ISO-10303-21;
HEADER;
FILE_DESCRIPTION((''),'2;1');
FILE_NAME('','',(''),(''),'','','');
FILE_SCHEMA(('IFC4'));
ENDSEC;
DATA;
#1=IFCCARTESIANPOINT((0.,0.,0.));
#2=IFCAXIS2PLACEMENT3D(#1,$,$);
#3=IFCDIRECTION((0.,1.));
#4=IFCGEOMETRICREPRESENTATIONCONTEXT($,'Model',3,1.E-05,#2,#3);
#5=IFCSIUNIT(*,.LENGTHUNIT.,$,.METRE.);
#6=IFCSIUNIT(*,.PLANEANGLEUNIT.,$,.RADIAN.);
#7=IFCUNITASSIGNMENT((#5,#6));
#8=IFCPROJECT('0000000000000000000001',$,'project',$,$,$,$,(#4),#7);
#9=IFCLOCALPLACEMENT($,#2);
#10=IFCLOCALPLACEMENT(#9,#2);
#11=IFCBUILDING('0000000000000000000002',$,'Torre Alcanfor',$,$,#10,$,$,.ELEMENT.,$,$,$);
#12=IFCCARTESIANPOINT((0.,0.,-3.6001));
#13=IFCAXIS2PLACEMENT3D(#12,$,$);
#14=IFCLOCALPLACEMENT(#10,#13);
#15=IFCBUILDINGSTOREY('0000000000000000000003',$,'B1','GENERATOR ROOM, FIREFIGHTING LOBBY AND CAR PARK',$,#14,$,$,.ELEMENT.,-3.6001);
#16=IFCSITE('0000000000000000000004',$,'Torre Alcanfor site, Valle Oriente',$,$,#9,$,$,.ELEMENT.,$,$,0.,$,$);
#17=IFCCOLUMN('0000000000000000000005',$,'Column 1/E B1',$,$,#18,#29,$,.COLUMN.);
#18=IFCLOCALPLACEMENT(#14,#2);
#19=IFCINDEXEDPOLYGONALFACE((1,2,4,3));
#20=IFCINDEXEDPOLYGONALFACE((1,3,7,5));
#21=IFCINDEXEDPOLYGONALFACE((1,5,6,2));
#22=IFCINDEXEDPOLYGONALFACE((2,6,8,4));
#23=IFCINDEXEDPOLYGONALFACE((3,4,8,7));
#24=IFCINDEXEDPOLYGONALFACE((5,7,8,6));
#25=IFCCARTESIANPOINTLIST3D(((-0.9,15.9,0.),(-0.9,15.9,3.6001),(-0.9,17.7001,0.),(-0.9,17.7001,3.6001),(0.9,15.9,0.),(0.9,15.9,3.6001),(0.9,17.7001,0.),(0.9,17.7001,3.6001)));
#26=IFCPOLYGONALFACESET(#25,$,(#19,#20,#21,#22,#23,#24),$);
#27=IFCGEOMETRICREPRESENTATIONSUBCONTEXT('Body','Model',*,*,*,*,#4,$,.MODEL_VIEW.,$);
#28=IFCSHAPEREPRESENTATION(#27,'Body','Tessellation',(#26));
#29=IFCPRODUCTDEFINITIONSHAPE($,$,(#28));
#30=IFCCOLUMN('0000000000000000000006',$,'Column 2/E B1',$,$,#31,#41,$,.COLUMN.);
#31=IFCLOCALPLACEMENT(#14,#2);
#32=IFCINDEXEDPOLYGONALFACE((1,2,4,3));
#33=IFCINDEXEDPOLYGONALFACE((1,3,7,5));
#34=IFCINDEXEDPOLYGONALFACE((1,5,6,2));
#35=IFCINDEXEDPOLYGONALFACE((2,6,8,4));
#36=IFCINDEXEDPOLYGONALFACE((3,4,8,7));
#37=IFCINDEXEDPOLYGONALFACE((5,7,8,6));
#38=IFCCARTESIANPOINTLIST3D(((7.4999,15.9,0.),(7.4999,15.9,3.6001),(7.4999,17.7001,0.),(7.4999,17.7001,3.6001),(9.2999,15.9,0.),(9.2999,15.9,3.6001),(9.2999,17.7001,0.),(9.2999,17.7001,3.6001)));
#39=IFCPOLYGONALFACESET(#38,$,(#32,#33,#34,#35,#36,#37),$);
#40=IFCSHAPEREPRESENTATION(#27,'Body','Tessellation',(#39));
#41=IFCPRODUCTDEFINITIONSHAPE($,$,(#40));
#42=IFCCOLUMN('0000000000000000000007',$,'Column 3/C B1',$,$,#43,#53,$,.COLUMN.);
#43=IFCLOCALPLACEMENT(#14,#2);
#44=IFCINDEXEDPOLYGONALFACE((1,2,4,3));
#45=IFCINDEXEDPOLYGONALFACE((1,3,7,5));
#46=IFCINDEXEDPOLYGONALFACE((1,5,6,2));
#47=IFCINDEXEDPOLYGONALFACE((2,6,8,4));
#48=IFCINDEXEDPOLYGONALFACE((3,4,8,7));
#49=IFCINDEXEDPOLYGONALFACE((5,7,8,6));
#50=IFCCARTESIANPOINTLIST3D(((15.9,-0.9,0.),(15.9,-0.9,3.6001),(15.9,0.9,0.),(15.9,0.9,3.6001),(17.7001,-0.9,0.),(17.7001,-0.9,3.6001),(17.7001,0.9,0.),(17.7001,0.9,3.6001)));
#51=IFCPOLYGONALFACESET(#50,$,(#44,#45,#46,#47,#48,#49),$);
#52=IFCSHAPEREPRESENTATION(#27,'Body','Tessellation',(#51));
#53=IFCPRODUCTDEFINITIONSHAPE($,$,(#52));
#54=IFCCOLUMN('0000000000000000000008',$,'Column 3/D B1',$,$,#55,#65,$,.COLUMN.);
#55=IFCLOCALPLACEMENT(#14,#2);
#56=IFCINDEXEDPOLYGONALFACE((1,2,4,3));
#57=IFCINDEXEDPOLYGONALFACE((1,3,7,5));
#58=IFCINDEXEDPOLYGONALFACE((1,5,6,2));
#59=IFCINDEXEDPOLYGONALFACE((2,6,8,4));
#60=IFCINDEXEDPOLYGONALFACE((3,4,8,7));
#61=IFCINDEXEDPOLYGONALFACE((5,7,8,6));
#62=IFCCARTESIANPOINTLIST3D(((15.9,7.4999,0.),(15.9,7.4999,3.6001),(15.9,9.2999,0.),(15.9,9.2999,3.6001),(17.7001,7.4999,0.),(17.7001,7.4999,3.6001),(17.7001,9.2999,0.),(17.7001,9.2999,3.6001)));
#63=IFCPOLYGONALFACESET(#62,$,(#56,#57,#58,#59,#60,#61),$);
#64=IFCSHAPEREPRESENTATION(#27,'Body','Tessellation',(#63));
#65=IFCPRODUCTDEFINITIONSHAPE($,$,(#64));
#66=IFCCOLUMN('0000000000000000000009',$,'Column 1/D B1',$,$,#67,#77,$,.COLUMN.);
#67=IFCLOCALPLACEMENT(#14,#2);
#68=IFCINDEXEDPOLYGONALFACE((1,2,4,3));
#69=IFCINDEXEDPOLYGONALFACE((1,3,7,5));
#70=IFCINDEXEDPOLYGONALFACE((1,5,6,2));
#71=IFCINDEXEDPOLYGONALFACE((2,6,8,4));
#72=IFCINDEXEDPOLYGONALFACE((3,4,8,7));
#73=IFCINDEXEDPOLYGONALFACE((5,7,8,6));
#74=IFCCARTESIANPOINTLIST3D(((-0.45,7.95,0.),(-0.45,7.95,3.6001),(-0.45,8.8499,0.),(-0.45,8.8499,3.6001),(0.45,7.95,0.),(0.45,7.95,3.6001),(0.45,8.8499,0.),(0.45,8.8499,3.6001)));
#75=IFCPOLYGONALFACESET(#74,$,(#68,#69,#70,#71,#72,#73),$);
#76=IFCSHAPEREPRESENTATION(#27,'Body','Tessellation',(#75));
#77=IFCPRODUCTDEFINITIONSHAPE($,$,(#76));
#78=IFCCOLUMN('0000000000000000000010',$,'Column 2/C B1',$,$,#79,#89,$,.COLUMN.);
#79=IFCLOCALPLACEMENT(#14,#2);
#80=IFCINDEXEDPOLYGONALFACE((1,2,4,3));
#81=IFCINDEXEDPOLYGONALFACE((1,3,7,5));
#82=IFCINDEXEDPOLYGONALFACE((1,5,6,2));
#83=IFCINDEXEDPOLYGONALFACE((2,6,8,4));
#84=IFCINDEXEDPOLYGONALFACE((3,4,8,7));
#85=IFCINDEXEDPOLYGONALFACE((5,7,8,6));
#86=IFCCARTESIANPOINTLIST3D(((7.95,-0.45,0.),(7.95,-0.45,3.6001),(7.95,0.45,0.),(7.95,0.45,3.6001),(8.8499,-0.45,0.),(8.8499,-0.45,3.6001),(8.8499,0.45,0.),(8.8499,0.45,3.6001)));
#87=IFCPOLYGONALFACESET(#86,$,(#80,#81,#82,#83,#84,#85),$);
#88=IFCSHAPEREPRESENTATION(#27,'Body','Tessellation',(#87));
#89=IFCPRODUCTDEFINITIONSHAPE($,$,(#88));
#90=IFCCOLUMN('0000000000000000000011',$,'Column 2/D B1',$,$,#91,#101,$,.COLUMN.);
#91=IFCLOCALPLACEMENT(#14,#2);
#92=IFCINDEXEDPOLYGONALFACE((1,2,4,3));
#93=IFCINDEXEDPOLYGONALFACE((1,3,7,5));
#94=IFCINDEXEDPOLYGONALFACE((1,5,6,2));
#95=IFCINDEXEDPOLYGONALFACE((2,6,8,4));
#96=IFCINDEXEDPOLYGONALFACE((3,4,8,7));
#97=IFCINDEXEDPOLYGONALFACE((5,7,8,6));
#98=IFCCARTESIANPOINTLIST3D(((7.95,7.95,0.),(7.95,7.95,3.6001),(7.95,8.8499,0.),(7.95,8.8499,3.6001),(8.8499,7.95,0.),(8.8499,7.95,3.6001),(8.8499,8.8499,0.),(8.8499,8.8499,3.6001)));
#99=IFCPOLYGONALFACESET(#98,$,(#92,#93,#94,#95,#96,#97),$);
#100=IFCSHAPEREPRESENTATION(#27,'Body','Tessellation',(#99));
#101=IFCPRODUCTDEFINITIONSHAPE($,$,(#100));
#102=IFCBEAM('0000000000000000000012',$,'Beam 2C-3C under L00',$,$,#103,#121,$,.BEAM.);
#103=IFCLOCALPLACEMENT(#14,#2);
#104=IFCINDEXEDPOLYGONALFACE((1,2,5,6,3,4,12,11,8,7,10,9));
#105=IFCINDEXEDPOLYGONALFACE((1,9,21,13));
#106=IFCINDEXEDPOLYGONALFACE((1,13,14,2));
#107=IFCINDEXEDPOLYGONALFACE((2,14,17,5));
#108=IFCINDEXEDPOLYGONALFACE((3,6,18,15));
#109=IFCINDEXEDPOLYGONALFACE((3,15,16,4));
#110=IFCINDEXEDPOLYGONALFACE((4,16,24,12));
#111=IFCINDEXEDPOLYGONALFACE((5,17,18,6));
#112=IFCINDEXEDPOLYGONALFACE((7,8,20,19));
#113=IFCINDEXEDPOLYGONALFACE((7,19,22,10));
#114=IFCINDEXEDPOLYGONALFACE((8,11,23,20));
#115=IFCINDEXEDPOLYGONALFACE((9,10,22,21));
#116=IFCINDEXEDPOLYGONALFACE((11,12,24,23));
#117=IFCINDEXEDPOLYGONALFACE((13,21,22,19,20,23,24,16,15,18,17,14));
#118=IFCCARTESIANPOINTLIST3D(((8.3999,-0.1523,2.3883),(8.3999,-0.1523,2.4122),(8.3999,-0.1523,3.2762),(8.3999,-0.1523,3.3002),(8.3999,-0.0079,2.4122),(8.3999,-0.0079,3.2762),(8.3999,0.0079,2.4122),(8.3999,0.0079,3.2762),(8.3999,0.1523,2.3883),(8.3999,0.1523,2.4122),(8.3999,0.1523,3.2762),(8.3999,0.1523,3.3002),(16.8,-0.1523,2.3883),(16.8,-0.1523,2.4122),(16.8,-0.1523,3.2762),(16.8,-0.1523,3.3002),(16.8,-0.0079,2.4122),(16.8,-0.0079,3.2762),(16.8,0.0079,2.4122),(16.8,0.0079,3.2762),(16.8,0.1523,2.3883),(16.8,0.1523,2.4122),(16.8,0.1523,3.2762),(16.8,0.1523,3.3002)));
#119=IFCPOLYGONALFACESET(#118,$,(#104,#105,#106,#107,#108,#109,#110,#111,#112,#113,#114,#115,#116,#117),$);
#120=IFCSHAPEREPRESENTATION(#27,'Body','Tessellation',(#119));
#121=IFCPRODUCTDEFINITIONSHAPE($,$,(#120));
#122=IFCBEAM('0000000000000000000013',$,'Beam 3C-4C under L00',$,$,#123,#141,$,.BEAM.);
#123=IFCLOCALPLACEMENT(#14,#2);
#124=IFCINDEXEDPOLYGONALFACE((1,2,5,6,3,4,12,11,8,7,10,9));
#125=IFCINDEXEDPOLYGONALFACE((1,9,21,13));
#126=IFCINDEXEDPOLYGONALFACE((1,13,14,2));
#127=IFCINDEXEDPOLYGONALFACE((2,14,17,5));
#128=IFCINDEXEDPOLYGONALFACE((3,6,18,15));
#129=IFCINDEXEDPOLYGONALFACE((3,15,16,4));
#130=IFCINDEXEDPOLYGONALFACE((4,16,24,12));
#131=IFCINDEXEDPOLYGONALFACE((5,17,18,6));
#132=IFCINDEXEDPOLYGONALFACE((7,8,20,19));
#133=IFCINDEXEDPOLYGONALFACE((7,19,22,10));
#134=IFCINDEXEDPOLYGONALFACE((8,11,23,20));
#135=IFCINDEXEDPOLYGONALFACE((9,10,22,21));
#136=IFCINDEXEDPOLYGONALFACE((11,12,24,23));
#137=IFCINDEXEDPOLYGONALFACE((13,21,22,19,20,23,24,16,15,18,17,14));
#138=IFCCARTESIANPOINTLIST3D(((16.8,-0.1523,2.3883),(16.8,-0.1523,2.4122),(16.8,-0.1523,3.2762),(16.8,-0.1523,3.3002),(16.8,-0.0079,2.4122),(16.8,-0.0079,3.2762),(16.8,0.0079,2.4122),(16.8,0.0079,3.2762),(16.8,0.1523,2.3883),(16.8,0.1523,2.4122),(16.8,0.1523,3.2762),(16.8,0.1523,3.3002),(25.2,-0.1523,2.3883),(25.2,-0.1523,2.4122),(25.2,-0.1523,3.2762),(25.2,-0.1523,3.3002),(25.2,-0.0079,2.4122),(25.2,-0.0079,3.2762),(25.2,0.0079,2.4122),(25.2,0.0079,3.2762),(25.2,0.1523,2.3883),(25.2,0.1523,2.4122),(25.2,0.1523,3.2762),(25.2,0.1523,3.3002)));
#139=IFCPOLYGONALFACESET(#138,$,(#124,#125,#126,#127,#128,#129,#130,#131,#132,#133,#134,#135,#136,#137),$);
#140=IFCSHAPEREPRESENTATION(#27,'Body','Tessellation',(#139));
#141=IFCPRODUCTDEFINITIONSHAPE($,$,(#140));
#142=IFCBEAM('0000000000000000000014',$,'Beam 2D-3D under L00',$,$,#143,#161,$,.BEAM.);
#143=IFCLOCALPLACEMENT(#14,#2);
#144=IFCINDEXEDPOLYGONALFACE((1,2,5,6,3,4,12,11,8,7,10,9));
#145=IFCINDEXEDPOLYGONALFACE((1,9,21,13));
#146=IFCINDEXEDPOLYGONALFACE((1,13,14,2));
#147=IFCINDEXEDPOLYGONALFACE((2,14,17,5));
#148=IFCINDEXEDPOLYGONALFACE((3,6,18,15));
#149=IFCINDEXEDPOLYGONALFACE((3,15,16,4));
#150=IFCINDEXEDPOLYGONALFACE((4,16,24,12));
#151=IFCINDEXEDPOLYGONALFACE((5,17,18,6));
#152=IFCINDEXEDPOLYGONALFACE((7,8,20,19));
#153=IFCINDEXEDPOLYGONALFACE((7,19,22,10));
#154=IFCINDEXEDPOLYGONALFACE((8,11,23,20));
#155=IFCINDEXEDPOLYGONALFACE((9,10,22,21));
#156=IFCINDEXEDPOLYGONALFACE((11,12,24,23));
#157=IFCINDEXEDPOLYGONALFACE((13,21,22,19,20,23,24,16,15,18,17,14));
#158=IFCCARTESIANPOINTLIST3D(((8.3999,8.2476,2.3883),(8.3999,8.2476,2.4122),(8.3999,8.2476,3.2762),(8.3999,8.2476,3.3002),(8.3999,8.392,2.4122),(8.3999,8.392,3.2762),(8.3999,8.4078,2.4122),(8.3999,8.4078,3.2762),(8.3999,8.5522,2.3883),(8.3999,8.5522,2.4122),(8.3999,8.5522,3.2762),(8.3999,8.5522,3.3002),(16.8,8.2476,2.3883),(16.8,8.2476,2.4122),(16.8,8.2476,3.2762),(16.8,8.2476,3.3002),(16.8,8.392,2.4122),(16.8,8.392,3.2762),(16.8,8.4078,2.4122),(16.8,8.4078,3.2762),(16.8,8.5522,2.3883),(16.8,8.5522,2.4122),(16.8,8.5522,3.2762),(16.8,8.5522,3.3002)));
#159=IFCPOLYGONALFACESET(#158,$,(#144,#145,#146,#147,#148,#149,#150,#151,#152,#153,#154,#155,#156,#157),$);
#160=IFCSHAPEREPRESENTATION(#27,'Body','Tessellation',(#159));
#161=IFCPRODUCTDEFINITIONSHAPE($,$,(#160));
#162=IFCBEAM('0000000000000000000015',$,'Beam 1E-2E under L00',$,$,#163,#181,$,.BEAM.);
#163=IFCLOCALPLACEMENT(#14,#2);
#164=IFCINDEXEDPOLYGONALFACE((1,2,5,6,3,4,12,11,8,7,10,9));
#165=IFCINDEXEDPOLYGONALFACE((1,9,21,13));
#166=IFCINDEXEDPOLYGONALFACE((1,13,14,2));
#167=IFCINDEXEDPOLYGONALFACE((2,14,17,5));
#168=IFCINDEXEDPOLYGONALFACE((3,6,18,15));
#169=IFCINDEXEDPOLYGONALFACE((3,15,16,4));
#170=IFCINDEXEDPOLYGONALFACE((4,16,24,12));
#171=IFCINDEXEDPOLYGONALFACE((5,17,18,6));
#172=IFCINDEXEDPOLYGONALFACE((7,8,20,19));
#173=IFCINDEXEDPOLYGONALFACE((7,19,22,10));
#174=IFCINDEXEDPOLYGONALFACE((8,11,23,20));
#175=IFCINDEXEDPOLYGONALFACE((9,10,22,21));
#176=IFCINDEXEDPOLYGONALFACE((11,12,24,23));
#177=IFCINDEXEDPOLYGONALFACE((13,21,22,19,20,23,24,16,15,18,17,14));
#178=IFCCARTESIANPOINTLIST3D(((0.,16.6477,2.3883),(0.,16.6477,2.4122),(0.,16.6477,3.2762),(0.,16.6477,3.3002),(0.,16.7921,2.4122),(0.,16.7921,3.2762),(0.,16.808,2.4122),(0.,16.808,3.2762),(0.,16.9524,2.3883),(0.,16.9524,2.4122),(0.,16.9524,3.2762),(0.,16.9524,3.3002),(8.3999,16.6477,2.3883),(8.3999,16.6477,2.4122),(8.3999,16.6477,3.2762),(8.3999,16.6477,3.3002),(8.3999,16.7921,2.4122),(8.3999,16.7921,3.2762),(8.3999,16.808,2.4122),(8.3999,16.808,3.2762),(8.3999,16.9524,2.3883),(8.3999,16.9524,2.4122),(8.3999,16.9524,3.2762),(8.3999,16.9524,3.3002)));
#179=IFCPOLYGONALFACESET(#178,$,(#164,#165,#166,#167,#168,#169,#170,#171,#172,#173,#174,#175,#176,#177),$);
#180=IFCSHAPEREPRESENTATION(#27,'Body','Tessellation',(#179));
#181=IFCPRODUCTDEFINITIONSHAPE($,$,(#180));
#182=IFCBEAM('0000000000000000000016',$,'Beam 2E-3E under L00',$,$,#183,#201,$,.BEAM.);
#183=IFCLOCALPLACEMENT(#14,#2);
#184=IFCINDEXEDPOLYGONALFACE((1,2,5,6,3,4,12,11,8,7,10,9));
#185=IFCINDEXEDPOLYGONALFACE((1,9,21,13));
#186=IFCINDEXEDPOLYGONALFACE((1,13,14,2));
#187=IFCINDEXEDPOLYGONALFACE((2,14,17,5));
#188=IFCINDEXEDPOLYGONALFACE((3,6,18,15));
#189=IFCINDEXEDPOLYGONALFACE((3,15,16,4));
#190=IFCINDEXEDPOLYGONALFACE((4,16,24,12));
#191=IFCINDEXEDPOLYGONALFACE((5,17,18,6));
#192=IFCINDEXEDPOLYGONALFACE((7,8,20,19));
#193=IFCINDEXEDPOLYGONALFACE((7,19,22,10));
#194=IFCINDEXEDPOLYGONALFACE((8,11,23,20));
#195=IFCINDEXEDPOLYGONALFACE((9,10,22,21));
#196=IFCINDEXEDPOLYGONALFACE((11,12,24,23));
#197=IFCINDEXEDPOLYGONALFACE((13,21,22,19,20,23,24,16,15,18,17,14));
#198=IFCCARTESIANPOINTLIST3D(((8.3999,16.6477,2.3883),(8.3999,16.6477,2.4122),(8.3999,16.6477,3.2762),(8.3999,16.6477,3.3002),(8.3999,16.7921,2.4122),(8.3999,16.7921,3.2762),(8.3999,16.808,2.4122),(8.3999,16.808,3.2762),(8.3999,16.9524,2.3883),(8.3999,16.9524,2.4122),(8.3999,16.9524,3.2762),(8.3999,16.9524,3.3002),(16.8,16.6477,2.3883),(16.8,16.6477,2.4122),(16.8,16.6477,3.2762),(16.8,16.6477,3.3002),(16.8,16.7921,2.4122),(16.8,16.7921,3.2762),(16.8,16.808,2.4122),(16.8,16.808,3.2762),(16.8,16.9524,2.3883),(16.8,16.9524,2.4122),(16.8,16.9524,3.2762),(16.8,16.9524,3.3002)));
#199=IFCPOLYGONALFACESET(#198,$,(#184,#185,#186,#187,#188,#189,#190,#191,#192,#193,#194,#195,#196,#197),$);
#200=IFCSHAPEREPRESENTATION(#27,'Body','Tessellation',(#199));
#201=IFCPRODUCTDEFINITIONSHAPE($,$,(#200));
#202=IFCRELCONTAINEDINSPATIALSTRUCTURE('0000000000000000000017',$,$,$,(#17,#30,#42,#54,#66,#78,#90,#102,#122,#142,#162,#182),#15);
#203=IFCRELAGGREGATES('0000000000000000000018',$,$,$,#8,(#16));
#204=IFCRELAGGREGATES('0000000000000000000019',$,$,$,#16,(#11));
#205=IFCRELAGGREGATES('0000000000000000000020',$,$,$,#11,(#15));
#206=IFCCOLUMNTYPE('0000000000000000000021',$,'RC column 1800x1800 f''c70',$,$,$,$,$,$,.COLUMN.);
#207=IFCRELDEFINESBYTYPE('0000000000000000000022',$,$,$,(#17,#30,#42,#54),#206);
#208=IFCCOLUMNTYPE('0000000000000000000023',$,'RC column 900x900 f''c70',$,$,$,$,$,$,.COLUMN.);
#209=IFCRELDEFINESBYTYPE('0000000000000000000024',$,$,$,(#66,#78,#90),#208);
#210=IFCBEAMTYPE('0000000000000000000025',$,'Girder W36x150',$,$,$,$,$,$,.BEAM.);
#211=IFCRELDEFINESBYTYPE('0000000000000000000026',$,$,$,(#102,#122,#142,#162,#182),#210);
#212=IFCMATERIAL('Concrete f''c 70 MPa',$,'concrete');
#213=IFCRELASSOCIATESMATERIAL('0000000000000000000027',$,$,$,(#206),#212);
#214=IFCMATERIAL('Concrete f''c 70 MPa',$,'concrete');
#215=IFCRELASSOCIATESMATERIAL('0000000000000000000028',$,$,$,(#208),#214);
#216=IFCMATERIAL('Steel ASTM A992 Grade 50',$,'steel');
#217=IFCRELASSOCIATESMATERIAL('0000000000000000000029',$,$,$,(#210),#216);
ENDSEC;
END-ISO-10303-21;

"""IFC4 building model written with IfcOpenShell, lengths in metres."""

from ifc_helpers import new_model, si_unit, direction, frame, origin, origin_2d, place, context, subcontext, project, spatial, rectangle, i_section, extrude, material, material_profile, profile_set, type_object, element, save


model = new_model("IFC4")

# Units and contexts
model_context = context("Model", 3, precision=1e-05, world=origin(), true_north=direction((0.0, 1.0)))
body_context = subcontext(model_context, "Body", "Model", "MODEL_VIEW")
ifc_project = project(units=[si_unit("LENGTHUNIT", "METRE"), si_unit("PLANEANGLEUNIT", "RADIAN")], contexts=[model_context])

# Site, building, storey
site_placement = place(None, origin())
site = spatial("IfcSite", under=ifc_project, at=site_placement, Name="Torre Alcanfor site, Valle Oriente", CompositionType="ELEMENT", RefElevation=0.0)
building_placement = place(site_placement, origin())
building = spatial("IfcBuilding", under=site, at=building_placement, Name="Torre Alcanfor", CompositionType="ELEMENT")
storey_placement = place(building_placement, frame((0.0, 0.0, -3.6001)))
storey = spatial("IfcBuildingStorey", under=building, at=storey_placement, Name="B1", Description="GENERATOR ROOM, FIREFIGHTING LOBBY AND CAR PARK", CompositionType="ELEMENT", Elevation=-3.6001)

# Columns
ifc_material_1 = material(Name="Concrete f'c 70 MPa", Category="concrete")
ifc_material_profile_1 = material_profile(ifc_material_1, rectangle(XDim=1.8, YDim=1.8, at=origin_2d()), Name="1800x1800")
ifc_profile_set_1 = profile_set([ifc_material_profile_1], Name="Concrete f'c 70 MPa")
column_type_1 = type_object("IfcColumnType", Name="RC column 1800x1800 f'c70", PredefinedType="COLUMN", material=ifc_profile_set_1)
for number, where, z_axis, x_axis, name in (
    (1, (0.0, 16.8, 0.0), (0.0, 0.0, 1.0), (1.0, 0.0, 0.0), "Column 1/E B1"),
    (2, (8.3999, 16.8, 0.0), (0.0, 0.0, 1.0), (1.0, 0.0, 0.0), "Column 2/E B1"),
    (3, (16.8, 0.0, 0.0), (0.0, 0.0, 1.0), (1.0, 0.0, 0.0), "Column 3/C B1"),
    (4, (16.8, 8.3999, 0.0), (0.0, 0.0, 1.0), (1.0, 0.0, 0.0), "Column 3/D B1"),
):
    element("IfcColumn", number, at=place(storey_placement, frame(where, z_axis=z_axis, x_axis=x_axis)), inside=storey, type_object=column_type_1, Name=name, PredefinedType="COLUMN", context=body_context, shape_type="SweptSolid", body=[
        extrude(rectangle(XDim=1.8, YDim=1.8, at=origin_2d()), origin(), (0.0, 0.0, 1.0), 3.6001),
    ])
ifc_material_2 = material(Name="Concrete f'c 70 MPa", Category="concrete")
ifc_material_profile_2 = material_profile(ifc_material_2, rectangle(XDim=0.8999, YDim=0.8999, at=origin_2d()), Name="900x900")
ifc_profile_set_2 = profile_set([ifc_material_profile_2], Name="Concrete f'c 70 MPa")
column_type_2 = type_object("IfcColumnType", Name="RC column 900x900 f'c70", PredefinedType="COLUMN", material=ifc_profile_set_2)
for number, where, z_axis, x_axis, name in (
    (5, (0.0, 8.3999, 0.0), (0.0, 0.0, 1.0), (1.0, 0.0, 0.0), "Column 1/D B1"),
    (6, (8.3999, 0.0, 0.0), (0.0, 0.0, 1.0), (1.0, 0.0, 0.0), "Column 2/C B1"),
    (7, (8.3999, 8.3999, 0.0), (0.0, 0.0, 1.0), (1.0, 0.0, 0.0), "Column 2/D B1"),
):
    element("IfcColumn", number, at=place(storey_placement, frame(where, z_axis=z_axis, x_axis=x_axis)), inside=storey, type_object=column_type_2, Name=name, PredefinedType="COLUMN", context=body_context, shape_type="SweptSolid", body=[
        extrude(rectangle(XDim=0.8999, YDim=0.8999, at=origin_2d()), origin(), (0.0, 0.0, 1.0), 3.6001),
    ])

# Beams
ifc_material_3 = material(Name="Steel ASTM A992 Grade 50", Category="steel")
ifc_material_profile_3 = material_profile(ifc_material_3, i_section(OverallWidth=0.3047, OverallDepth=0.9119, WebThickness=0.0159, FlangeThickness=0.0239, at=origin_2d()), Name="W36x150")
ifc_profile_set_3 = profile_set([ifc_material_profile_3], Name="Steel ASTM A992 Grade 50")
beam_type_1 = type_object("IfcBeamType", Name="Girder W36x150", PredefinedType="BEAM", material=ifc_profile_set_3)
beam_1_placement = place(storey_placement, frame((8.3999, 0.0, 2.8442), z_axis=(1.0, 0.0, 0.0), x_axis=(0.0, 1.0, 0.0)))
element("IfcBeam", 8, at=beam_1_placement, inside=storey, type_object=beam_type_1, Name="Beam 2C-3C under L00", PredefinedType="BEAM", context=body_context, shape_type="SweptSolid", body=[
    extrude(i_section(OverallWidth=0.3047, OverallDepth=0.9119, WebThickness=0.0159, FlangeThickness=0.0239, at=origin_2d()), origin(), (0.0, 0.0, 1.0), 8.4001),
])
beam_2_placement = place(storey_placement, frame((16.8, 0.0, 2.8442), z_axis=(1.0, 0.0, 0.0), x_axis=(0.0, 1.0, 0.0)))
element("IfcBeam", 9, at=beam_2_placement, inside=storey, type_object=beam_type_1, Name="Beam 3C-4C under L00", PredefinedType="BEAM", context=body_context, shape_type="SweptSolid", body=[
    extrude(i_section(OverallWidth=0.3047, OverallDepth=0.9119, WebThickness=0.0159, FlangeThickness=0.0239, at=origin_2d()), origin(), (0.0, 0.0, 1.0), 8.3999),
])
beam_3_placement = place(storey_placement, frame((8.3999, 8.3999, 2.8442), z_axis=(1.0, 0.0, 0.0), x_axis=(0.0, 1.0, 0.0)))
element("IfcBeam", 10, at=beam_3_placement, inside=storey, type_object=beam_type_1, Name="Beam 2D-3D under L00", PredefinedType="BEAM", context=body_context, shape_type="SweptSolid", body=[
    extrude(i_section(OverallWidth=0.3047, OverallDepth=0.9119, WebThickness=0.0159, FlangeThickness=0.0239, at=origin_2d()), origin(), (0.0, 0.0, 1.0), 8.4001),
])
beam_4_placement = place(storey_placement, frame((0.0, 16.8, 2.8442), z_axis=(1.0, 0.0, 0.0), x_axis=(0.0, 1.0, 0.0)))
element("IfcBeam", 11, at=beam_4_placement, inside=storey, type_object=beam_type_1, Name="Beam 1E-2E under L00", PredefinedType="BEAM", context=body_context, shape_type="SweptSolid", body=[
    extrude(i_section(OverallWidth=0.3047, OverallDepth=0.9119, WebThickness=0.0159, FlangeThickness=0.0239, at=origin_2d()), origin(), (0.0, 0.0, 1.0), 8.3999),
])
beam_5_placement = place(storey_placement, frame((8.3999, 16.8, 2.8442), z_axis=(1.0, 0.0, 0.0), x_axis=(0.0, 1.0, 0.0)))
element("IfcBeam", 12, at=beam_5_placement, inside=storey, type_object=beam_type_1, Name="Beam 2E-3E under L00", PredefinedType="BEAM", context=body_context, shape_type="SweptSolid", body=[
    extrude(i_section(OverallWidth=0.3047, OverallDepth=0.9119, WebThickness=0.0159, FlangeThickness=0.0239, at=origin_2d()), origin(), (0.0, 0.0, 1.0), 8.4001),
])

save(model, "model.ifc")
